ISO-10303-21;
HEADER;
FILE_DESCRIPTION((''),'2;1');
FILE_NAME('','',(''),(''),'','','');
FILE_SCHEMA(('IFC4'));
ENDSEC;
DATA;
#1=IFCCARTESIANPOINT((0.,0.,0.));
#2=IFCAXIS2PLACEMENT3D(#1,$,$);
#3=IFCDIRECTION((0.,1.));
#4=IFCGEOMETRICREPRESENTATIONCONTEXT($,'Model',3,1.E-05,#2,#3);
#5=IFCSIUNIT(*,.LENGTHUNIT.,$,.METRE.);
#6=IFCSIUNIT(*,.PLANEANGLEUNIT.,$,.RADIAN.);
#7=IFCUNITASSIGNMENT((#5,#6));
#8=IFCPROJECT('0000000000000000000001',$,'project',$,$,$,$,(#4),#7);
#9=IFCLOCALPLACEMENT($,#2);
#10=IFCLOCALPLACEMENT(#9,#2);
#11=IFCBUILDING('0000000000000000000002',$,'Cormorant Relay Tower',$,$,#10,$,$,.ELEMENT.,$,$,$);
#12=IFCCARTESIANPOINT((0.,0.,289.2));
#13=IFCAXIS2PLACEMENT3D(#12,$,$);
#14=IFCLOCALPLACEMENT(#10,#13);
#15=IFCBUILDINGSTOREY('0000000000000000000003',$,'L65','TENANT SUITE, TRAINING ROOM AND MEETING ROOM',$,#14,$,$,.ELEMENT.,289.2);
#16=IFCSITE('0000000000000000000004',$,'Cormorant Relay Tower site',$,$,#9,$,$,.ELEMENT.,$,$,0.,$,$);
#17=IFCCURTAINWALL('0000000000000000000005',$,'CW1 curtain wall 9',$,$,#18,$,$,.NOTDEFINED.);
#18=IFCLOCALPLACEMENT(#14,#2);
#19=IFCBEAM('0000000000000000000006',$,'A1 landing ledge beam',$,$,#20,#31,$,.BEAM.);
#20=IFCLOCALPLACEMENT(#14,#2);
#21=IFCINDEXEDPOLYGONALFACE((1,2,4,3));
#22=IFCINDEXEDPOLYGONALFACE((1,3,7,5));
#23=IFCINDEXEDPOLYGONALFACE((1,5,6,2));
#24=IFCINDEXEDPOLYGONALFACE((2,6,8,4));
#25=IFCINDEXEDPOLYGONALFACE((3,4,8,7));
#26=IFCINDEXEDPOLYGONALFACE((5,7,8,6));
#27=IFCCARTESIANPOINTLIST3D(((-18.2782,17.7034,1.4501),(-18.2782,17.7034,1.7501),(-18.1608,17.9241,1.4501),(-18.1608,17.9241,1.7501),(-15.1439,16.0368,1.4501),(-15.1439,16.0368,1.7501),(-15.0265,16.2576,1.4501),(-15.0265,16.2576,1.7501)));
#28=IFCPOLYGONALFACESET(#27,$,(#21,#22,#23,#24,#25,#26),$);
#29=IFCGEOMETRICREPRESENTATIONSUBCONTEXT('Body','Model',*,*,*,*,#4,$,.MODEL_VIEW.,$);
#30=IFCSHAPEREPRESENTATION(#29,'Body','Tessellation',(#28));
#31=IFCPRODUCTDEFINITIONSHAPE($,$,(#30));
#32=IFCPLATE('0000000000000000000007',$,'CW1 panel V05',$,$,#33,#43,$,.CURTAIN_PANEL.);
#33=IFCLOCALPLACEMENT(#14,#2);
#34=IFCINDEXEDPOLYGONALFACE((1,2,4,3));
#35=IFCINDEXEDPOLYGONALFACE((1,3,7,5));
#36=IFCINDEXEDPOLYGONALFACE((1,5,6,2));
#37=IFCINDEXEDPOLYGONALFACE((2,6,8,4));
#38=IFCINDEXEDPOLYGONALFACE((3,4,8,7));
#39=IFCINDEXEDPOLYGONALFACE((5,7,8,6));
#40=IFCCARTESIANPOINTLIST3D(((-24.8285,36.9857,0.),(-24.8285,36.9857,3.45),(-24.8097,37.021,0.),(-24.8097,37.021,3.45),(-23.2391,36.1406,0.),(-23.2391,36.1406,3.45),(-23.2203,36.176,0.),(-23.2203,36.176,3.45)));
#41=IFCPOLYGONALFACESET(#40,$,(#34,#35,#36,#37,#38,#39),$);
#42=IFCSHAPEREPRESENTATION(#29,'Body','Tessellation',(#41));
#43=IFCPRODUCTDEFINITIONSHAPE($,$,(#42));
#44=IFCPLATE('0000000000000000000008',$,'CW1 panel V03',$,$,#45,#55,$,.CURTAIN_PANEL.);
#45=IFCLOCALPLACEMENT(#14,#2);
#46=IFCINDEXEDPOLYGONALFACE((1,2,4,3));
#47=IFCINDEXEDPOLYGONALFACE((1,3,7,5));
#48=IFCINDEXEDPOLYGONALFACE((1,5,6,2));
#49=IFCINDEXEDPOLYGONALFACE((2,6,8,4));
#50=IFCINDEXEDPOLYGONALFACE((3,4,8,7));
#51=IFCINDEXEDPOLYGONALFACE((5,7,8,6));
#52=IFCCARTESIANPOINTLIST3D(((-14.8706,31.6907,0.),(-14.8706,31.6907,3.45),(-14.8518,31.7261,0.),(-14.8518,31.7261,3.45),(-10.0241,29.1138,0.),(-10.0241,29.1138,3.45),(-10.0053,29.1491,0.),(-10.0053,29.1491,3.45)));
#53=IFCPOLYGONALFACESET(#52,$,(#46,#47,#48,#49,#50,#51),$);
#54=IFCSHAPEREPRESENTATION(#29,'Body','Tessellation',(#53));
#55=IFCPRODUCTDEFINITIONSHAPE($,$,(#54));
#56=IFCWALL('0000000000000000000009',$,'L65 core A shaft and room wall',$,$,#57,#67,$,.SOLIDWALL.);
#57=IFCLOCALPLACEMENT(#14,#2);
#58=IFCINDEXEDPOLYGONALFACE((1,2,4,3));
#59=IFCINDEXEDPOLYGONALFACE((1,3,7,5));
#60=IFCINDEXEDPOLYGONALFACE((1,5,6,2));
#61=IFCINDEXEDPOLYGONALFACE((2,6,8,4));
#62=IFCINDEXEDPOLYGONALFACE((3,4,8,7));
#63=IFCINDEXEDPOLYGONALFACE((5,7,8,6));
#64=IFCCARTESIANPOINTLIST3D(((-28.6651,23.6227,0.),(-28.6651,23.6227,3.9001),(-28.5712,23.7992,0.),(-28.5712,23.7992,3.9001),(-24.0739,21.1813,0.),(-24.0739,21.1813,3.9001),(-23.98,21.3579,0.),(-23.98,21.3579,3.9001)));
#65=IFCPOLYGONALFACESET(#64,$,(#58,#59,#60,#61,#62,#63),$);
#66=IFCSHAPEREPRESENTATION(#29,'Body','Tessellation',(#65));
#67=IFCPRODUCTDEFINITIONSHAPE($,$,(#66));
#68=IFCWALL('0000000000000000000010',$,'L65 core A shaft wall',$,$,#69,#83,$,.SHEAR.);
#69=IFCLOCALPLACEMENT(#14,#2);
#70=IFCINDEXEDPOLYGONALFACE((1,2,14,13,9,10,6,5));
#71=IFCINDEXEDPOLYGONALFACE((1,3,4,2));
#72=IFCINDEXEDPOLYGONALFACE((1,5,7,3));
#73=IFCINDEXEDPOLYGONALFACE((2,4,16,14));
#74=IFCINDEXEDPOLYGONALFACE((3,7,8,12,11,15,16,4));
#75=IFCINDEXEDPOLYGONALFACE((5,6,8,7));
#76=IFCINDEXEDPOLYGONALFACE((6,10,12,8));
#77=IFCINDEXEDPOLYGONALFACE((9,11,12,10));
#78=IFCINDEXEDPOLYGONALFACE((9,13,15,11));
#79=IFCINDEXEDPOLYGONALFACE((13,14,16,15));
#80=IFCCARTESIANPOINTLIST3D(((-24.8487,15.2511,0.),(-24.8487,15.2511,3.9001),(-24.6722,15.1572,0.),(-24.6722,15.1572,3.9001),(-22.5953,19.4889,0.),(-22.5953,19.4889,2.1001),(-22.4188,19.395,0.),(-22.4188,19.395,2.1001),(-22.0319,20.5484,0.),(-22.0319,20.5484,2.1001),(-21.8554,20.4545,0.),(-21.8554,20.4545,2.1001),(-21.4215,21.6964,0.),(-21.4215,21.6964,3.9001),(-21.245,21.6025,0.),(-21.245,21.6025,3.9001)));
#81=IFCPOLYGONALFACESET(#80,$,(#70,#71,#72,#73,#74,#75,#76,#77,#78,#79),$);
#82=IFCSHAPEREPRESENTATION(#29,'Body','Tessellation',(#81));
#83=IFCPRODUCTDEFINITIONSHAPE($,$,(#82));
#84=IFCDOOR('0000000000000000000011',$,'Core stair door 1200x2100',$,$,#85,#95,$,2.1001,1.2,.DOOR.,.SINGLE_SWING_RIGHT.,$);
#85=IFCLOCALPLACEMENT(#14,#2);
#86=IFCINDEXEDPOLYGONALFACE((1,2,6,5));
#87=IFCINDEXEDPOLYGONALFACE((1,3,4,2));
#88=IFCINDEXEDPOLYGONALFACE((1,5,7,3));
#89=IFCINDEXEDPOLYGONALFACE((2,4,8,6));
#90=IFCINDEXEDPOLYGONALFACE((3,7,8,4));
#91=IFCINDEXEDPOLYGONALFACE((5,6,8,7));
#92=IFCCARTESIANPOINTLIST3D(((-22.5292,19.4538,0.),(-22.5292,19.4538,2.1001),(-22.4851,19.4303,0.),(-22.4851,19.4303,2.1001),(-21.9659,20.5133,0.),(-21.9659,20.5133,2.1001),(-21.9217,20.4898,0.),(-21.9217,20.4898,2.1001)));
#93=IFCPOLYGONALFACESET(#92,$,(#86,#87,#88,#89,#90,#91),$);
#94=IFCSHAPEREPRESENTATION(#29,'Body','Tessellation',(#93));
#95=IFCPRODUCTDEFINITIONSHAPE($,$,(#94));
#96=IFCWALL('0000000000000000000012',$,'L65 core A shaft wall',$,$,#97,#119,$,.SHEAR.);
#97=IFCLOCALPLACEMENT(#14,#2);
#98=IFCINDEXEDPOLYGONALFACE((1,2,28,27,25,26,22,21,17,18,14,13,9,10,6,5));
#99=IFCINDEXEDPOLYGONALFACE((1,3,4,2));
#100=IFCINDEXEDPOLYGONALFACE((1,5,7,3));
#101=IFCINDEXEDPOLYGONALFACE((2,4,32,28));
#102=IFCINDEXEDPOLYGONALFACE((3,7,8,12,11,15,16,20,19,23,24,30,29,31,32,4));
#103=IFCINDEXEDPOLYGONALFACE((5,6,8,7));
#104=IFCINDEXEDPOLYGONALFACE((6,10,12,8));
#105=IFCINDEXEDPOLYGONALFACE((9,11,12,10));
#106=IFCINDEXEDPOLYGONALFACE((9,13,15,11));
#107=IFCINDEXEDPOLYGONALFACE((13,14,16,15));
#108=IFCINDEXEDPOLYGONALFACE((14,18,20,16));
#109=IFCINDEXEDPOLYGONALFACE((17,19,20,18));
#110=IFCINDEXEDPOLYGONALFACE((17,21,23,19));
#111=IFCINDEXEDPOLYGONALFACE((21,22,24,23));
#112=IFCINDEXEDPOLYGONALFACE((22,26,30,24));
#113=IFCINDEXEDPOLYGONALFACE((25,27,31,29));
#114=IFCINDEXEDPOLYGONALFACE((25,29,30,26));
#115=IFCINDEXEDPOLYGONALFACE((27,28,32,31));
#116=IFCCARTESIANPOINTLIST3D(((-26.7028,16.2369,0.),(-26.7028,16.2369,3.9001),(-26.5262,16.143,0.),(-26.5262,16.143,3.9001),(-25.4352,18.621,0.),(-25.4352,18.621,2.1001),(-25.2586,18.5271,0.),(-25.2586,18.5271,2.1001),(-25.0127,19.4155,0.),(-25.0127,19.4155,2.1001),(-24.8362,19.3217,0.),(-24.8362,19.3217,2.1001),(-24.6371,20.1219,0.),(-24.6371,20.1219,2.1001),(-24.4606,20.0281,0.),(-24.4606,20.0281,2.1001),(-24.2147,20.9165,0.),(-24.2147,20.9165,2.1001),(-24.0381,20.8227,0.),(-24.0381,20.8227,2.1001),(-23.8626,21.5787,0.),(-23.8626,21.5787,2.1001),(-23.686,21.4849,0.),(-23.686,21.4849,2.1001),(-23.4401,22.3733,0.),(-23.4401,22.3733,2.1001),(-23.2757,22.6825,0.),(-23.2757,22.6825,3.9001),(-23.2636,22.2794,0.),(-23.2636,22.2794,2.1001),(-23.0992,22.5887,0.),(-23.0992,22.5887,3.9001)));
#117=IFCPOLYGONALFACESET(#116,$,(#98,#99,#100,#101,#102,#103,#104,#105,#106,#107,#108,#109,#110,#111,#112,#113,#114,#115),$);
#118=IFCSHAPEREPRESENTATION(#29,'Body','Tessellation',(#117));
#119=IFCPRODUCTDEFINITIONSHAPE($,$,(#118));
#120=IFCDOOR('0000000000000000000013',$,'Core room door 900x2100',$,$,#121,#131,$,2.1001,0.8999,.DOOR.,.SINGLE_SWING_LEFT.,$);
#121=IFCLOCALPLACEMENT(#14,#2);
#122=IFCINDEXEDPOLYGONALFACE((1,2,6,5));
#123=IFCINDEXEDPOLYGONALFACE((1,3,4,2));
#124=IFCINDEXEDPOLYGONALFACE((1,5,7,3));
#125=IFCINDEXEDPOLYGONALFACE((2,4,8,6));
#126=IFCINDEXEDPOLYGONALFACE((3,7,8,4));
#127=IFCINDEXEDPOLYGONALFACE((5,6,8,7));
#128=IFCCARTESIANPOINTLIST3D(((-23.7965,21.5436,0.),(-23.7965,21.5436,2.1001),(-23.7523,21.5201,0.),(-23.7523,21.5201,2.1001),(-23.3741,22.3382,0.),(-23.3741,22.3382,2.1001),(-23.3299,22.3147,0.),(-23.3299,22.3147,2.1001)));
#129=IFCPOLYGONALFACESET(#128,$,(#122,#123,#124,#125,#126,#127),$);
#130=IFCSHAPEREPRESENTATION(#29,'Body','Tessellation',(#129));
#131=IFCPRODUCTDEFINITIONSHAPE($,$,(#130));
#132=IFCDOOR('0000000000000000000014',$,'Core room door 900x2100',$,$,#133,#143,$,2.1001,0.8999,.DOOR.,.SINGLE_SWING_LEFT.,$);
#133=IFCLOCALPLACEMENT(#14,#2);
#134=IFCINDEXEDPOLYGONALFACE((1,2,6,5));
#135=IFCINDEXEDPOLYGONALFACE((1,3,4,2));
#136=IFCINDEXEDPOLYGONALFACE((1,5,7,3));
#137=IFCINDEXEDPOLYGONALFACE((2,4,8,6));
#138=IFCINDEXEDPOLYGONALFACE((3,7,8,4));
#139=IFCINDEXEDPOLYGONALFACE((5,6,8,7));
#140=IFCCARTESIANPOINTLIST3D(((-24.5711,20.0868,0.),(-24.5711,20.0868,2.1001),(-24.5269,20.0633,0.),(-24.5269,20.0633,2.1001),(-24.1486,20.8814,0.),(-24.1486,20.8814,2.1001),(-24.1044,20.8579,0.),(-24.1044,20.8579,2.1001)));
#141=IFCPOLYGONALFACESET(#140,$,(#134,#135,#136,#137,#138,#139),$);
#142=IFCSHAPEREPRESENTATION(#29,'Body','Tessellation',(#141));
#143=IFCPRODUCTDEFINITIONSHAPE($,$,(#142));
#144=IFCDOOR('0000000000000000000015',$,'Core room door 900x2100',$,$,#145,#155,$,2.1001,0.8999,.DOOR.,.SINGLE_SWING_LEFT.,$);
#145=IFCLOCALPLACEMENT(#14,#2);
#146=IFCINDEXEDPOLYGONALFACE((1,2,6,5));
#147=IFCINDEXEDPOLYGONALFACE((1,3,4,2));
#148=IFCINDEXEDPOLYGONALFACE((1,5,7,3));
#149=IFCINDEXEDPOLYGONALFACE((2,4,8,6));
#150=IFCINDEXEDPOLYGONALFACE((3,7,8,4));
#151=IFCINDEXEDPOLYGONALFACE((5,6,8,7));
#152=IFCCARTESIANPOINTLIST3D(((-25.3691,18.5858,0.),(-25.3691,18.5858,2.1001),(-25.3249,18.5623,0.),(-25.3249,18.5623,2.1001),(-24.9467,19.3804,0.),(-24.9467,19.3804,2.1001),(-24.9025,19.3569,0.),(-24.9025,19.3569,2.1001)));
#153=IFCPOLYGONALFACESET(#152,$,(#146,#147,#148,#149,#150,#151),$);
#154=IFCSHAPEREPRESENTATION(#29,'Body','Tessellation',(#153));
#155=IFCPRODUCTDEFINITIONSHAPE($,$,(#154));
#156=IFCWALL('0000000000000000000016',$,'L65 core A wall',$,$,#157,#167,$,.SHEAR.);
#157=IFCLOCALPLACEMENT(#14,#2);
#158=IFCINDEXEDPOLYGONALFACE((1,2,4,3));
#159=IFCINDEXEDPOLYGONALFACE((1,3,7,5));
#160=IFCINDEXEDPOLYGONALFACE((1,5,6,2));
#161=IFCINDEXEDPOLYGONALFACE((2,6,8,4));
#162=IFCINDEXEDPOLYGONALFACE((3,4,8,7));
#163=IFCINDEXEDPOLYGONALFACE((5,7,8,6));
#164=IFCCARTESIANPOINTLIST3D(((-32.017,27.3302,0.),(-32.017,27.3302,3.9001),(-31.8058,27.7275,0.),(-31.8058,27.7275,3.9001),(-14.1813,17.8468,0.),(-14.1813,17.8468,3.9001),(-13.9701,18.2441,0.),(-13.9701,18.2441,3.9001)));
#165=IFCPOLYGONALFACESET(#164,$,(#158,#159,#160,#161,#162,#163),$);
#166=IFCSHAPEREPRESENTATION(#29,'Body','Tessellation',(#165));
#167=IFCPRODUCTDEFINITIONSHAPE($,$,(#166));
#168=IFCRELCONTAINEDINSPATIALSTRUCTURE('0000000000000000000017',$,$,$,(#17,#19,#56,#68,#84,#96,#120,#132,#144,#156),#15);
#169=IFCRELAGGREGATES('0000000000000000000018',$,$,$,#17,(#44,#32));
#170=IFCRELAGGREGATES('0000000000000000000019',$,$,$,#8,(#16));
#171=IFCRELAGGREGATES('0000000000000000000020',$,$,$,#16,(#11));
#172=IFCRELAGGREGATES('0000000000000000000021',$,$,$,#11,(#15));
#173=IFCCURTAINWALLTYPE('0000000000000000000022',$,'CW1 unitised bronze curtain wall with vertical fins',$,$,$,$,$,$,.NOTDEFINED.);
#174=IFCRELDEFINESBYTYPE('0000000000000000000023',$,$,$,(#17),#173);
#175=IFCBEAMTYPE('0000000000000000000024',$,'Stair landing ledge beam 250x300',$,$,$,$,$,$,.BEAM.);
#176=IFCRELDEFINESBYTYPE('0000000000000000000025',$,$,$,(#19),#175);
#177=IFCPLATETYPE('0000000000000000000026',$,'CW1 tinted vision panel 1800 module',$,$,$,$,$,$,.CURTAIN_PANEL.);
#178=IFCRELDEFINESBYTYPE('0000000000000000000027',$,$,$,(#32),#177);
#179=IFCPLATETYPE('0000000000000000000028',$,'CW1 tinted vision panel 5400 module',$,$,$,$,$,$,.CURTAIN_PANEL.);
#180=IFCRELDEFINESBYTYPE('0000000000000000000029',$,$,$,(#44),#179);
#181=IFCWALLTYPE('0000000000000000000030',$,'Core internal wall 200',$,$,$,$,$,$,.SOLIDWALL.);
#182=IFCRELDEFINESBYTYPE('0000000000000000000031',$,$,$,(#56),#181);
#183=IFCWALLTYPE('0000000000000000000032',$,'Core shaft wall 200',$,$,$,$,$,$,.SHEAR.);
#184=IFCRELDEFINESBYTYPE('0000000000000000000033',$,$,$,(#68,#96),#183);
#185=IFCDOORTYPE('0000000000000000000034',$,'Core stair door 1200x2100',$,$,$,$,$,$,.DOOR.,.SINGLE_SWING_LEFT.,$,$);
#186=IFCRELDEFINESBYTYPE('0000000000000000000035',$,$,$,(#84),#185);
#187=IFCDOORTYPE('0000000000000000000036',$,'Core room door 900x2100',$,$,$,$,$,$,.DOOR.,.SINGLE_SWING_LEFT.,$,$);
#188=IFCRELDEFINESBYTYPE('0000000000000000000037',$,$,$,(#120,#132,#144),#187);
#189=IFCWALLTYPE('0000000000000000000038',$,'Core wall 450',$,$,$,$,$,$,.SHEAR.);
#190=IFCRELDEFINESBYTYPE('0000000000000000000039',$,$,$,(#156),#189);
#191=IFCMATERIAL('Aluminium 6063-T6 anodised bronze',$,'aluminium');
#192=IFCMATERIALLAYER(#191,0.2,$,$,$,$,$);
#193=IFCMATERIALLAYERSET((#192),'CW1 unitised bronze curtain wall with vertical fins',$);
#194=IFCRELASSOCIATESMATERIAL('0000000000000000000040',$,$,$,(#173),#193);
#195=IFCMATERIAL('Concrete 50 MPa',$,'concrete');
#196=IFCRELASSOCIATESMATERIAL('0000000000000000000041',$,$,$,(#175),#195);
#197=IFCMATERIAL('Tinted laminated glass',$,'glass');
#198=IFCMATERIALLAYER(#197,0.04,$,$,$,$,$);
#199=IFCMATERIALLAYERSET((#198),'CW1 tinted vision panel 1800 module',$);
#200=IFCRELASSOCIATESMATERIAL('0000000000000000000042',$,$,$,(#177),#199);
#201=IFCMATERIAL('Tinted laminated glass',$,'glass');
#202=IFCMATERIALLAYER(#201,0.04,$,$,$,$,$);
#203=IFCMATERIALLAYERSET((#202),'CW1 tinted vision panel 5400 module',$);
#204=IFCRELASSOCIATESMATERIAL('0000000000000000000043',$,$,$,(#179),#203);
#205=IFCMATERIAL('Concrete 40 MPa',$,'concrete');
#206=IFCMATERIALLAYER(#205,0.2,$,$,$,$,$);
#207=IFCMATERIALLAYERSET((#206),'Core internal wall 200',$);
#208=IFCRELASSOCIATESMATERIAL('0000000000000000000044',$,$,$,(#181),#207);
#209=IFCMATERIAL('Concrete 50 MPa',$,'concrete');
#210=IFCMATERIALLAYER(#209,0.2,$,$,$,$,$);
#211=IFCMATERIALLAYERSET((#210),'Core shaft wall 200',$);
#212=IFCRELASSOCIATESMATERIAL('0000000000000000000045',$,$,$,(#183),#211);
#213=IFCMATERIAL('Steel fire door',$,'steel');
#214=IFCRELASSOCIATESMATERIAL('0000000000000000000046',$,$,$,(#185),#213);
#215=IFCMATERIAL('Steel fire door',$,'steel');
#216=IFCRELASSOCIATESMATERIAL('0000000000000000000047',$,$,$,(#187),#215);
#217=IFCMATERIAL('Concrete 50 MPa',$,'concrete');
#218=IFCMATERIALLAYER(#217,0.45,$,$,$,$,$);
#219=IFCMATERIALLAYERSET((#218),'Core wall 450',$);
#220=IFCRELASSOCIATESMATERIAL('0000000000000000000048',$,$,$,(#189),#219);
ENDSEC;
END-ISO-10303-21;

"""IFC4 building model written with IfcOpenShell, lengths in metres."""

from ifc_helpers import new_model, si_unit, direction, frame, frame_2d, origin, origin_2d, place, context, subcontext, project, spatial, rectangle, extrude, material, layer, layer_set, material_profile, profile_set, type_object, element, fill, aggregate, save


model = new_model("IFC4")

# Units and contexts
model_context = context("Model", 3, precision=1e-05, world=origin(), true_north=direction((0.0, 1.0)))
body_context = subcontext(model_context, "Body", "Model", "MODEL_VIEW")
ifc_project = project(units=[si_unit("LENGTHUNIT", "METRE"), si_unit("PLANEANGLEUNIT", "RADIAN")], contexts=[model_context])

# Site, building, storey
site_placement = place(None, origin())
site = spatial("IfcSite", under=ifc_project, at=site_placement, Name="Cormorant Relay Tower site", CompositionType="ELEMENT", RefElevation=0.0)
building_placement = place(site_placement, origin())
building = spatial("IfcBuilding", under=site, at=building_placement, Name="Cormorant Relay Tower", CompositionType="ELEMENT")
storey_placement = place(building_placement, frame((0.0, 0.0, 289.2)))
storey = spatial("IfcBuildingStorey", under=building, at=storey_placement, Name="L65", Description="TENANT SUITE, TRAINING ROOM AND MEETING ROOM", CompositionType="ELEMENT", Elevation=289.2)

# Curtain wall
ifc_material_1 = material(Name="Aluminium 6063-T6 anodised bronze", Category="aluminium")
ifc_layer_1 = layer(ifc_material_1, 0.2)
ifc_layer_set_1 = layer_set([ifc_layer_1], Name="CW1 unitised bronze curtain wall with vertical fins")
curtain_wall_type = type_object("IfcCurtainWallType", Name="CW1 unitised bronze curtain wall with vertical fins", PredefinedType="NOTDEFINED", material=ifc_layer_set_1)
curtain_wall_placement = place(storey_placement, origin())
curtain_wall = element("IfcCurtainWall", 1, at=curtain_wall_placement, inside=storey, type_object=curtain_wall_type, Name="CW1 curtain wall 9", PredefinedType="NOTDEFINED")

# Beam
ifc_material_2 = material(Name="Concrete 50 MPa", Category="concrete")
ifc_material_profile_1 = material_profile(ifc_material_2, rectangle(XDim=0.25, YDim=0.3, at=origin_2d()), Name="RC 250x300")
ifc_profile_set_1 = profile_set([ifc_material_profile_1], Name="Concrete 50 MPa")
beam_type_1 = type_object("IfcBeamType", Name="Stair landing ledge beam 250x300", PredefinedType="BEAM", material=ifc_profile_set_1)
beam_1_placement = place(storey_placement, frame((-18.2195, 17.8137, 1.6001), z_axis=(0.88295, -0.469467, 0.0), x_axis=(0.469467, 0.88295, 0.0)))
element("IfcBeam", 2, at=beam_1_placement, inside=storey, type_object=beam_type_1, Name="A1 landing ledge beam", PredefinedType="BEAM", context=body_context, shape_type="SweptSolid", body=[
    extrude(rectangle(XDim=0.25, YDim=0.3, at=origin_2d()), origin(), (0.0, 0.0, 1.0), 3.5498),
])

# Plates
ifc_material_3 = material(Name="Tinted laminated glass", Category="glass")
ifc_layer_2 = layer(ifc_material_3, 0.04)
ifc_layer_set_2 = layer_set([ifc_layer_2], Name="CW1 tinted vision panel 1800 module")
plate_type_1 = type_object("IfcPlateType", Name="CW1 tinted vision panel 1800 module", PredefinedType="CURTAIN_PANEL", material=ifc_layer_set_2)
plate_1_placement = place(storey_placement, frame((-24.0244, 36.5808, 0.0), z_axis=(0.0, 0.0, 1.0), x_axis=(-0.882948, 0.469472, 0.0)))
plate_1 = element("IfcPlate", 3, at=plate_1_placement, type_object=plate_type_1, Name="CW1 panel V05", PredefinedType="CURTAIN_PANEL", context=body_context, shape_type="SweptSolid", body=[
    extrude(rectangle(XDim=1.8, YDim=0.04, at=origin_2d()), origin(), (0.0, 0.0, 1.0), 3.45),
])
ifc_material_4 = material(Name="Tinted laminated glass", Category="glass")
ifc_layer_3 = layer(ifc_material_4, 0.04)
ifc_layer_set_3 = layer_set([ifc_layer_3], Name="CW1 tinted vision panel 5400 module")
plate_type_2 = type_object("IfcPlateType", Name="CW1 tinted vision panel 5400 module", PredefinedType="CURTAIN_PANEL", material=ifc_layer_set_3)
plate_2_placement = place(storey_placement, frame((-12.438, 30.4199, 0.0), z_axis=(0.0, 0.0, 1.0), x_axis=(-0.882948, 0.469472, 0.0)))
plate_2 = element("IfcPlate", 4, at=plate_2_placement, type_object=plate_type_2, Name="CW1 panel V03", PredefinedType="CURTAIN_PANEL", context=body_context, shape_type="SweptSolid", body=[
    extrude(rectangle(XDim=5.489, YDim=0.04, at=origin_2d()), origin(), (0.0, 0.0, 1.0), 3.45),
])

# Wall
ifc_material_5 = material(Name="Concrete 40 MPa", Category="concrete")
ifc_layer_4 = layer(ifc_material_5, 0.2)
ifc_layer_set_4 = layer_set([ifc_layer_4], Name="Core internal wall 200")
wall_type_1 = type_object("IfcWallType", Name="Core internal wall 200", PredefinedType="SOLIDWALL", material=ifc_layer_set_4)
wall_1_placement = place(storey_placement, frame((-24.0269, 21.2695, 0.0), z_axis=(0.0, 0.0, 1.0), x_axis=(-0.882935, 0.469496, 0.0)))
element("IfcWall", 5, at=wall_1_placement, inside=storey, type_object=wall_type_1, Name="L65 core A shaft and room wall", PredefinedType="SOLIDWALL", context=body_context, shape_type="SweptSolid", body=[
    extrude(rectangle(XDim=5.2, YDim=0.2, at=frame_2d((2.6001, 0.0))), origin(), (0.0, 0.0, 1.0), 3.9001),
])

# Wall, opening, door
ifc_material_6 = material(Name="Concrete 50 MPa", Category="concrete")
ifc_layer_5 = layer(ifc_material_6, 0.2)
ifc_layer_set_5 = layer_set([ifc_layer_5], Name="Core shaft wall 200")
wall_type_2 = type_object("IfcWallType", Name="Core shaft wall 200", PredefinedType="SHEAR", material=ifc_layer_set_5)
wall_2_placement = place(storey_placement, frame((-21.3333, 21.6494, 0.0), z_axis=(0.0, 0.0, 1.0), x_axis=(-0.469494, -0.882936, 0.0)))
wall_2 = element("IfcWall", 6, at=wall_2_placement, inside=storey, type_object=wall_type_2, Name="L65 core A shaft wall", PredefinedType="SHEAR", context=body_context, shape_type="SweptSolid", body=[
    extrude(rectangle(XDim=7.2998, YDim=0.2, at=frame_2d((3.6499, 0.0))), origin(), (0.0, 0.0, 1.0), 3.9001),
])
opening_1_placement = place(wall_2_placement, frame((1.3, 0.0, 0.0)))
opening_1 = element("IfcOpeningElement", 7, at=opening_1_placement, cuts=wall_2, PredefinedType="OPENING", context=body_context, shape_type="SweptSolid", body=[
    extrude(rectangle(XDim=1.2, YDim=2.1001, at=frame_2d((0.6001, 1.05))), frame((0.0, 0.1099, 0.0), z_axis=(0.0, -1.0, 0.0), x_axis=(1.0, 0.0, 0.0)), (0.0, 0.0, 1.0), 0.22),
])
ifc_material_7 = material(Name="Steel fire door", Category="steel")
door_type_1 = type_object("IfcDoorType", Name="Core stair door 1200x2100", OperationType="SINGLE_SWING_LEFT", PredefinedType="DOOR", material=ifc_material_7)
door_1_placement = place(opening_1_placement, origin())
door_1 = element("IfcDoor", 8, at=door_1_placement, inside=storey, type_object=door_type_1, Name="Core stair door 1200x2100", OperationType="SINGLE_SWING_RIGHT", OverallHeight=2.1001, OverallWidth=1.2, PredefinedType="DOOR", context=body_context, shape_type="SweptSolid", body=[
    extrude(rectangle(XDim=1.2, YDim=2.1001, at=frame_2d((0.6001, 1.05))), frame((0.0, 0.0249, 0.0), z_axis=(0.0, -1.0, 0.0), x_axis=(1.0, 0.0, 0.0)), (0.0, 0.0, 1.0), 0.05),
])
fill(opening_1, door_1)

# Wall, openings, doors
wall_3_placement = place(storey_placement, frame((-23.1875, 22.6355, 0.0), z_axis=(0.0, 0.0, 1.0), x_axis=(-0.469454, -0.882957, 0.0)))
wall_3 = element("IfcWall", 9, at=wall_3_placement, inside=storey, type_object=wall_type_2, Name="L65 core A shaft wall", PredefinedType="SHEAR", context=body_context, shape_type="SweptSolid", body=[
    extrude(rectangle(XDim=7.3, YDim=0.2, at=frame_2d((3.6499, 0.0))), origin(), (0.0, 0.0, 1.0), 3.9001),
])
opening_2_placement = place(wall_3_placement, frame((0.3501, 0.0, 0.0)))
opening_2 = element("IfcOpeningElement", 10, at=opening_2_placement, cuts=wall_3, PredefinedType="OPENING", context=body_context, shape_type="SweptSolid", body=[
    extrude(rectangle(XDim=0.8999, YDim=2.1001, at=frame_2d((0.45, 1.05))), frame((0.0, 0.1099, 0.0), z_axis=(0.0, -1.0, 0.0), x_axis=(1.0, 0.0, 0.0)), (0.0, 0.0, 1.0), 0.22),
])
opening_3_placement = place(wall_3_placement, frame((2.0, 0.0, 0.0)))
opening_3 = element("IfcOpeningElement", 11, at=opening_3_placement, cuts=wall_3, PredefinedType="OPENING", context=body_context, shape_type="SweptSolid", body=[
    extrude(rectangle(XDim=0.8999, YDim=2.1001, at=frame_2d((0.45, 1.05))), frame((0.0, 0.1099, 0.0), z_axis=(0.0, -1.0, 0.0), x_axis=(1.0, 0.0, 0.0)), (0.0, 0.0, 1.0), 0.22),
])
opening_4_placement = place(wall_3_placement, frame((3.7, 0.0, 0.0)))
opening_4 = element("IfcOpeningElement", 12, at=opening_4_placement, cuts=wall_3, PredefinedType="OPENING", context=body_context, shape_type="SweptSolid", body=[
    extrude(rectangle(XDim=0.8999, YDim=2.1001, at=frame_2d((0.45, 1.05))), frame((0.0, 0.1099, 0.0), z_axis=(0.0, -1.0, 0.0), x_axis=(1.0, 0.0, 0.0)), (0.0, 0.0, 1.0), 0.22),
])
ifc_material_8 = material(Name="Steel fire door", Category="steel")
door_type_2 = type_object("IfcDoorType", Name="Core room door 900x2100", OperationType="SINGLE_SWING_LEFT", PredefinedType="DOOR", material=ifc_material_8)
door_2_placement = place(opening_2_placement, origin())
door_2 = element("IfcDoor", 13, at=door_2_placement, inside=storey, type_object=door_type_2, Name="Core room door 900x2100", OperationType="SINGLE_SWING_LEFT", OverallHeight=2.1001, OverallWidth=0.8999, PredefinedType="DOOR", context=body_context, shape_type="SweptSolid", body=[
    extrude(rectangle(XDim=0.8999, YDim=2.1001, at=frame_2d((0.45, 1.05))), frame((0.0, 0.0249, 0.0), z_axis=(0.0, -1.0, 0.0), x_axis=(1.0, 0.0, 0.0)), (0.0, 0.0, 1.0), 0.05),
])
fill(opening_2, door_2)
door_3_placement = place(opening_3_placement, origin())
door_3 = element("IfcDoor", 14, at=door_3_placement, inside=storey, type_object=door_type_2, Name="Core room door 900x2100", OperationType="SINGLE_SWING_LEFT", OverallHeight=2.1001, OverallWidth=0.8999, PredefinedType="DOOR", context=body_context, shape_type="SweptSolid", body=[
    extrude(rectangle(XDim=0.8999, YDim=2.1001, at=frame_2d((0.45, 1.05))), frame((0.0, 0.0249, 0.0), z_axis=(0.0, -1.0, 0.0), x_axis=(1.0, 0.0, 0.0)), (0.0, 0.0, 1.0), 0.05),
])
fill(opening_3, door_3)
door_4_placement = place(opening_4_placement, origin())
door_4 = element("IfcDoor", 15, at=door_4_placement, inside=storey, type_object=door_type_2, Name="Core room door 900x2100", OperationType="SINGLE_SWING_LEFT", OverallHeight=2.1001, OverallWidth=0.8999, PredefinedType="DOOR", context=body_context, shape_type="SweptSolid", body=[
    extrude(rectangle(XDim=0.8999, YDim=2.1001, at=frame_2d((0.45, 1.05))), frame((0.0, 0.0249, 0.0), z_axis=(0.0, -1.0, 0.0), x_axis=(1.0, 0.0, 0.0)), (0.0, 0.0, 1.0), 0.05),
])
fill(opening_4, door_4)

# Shared definitions
ifc_material_9 = material(Name="Concrete 50 MPa", Category="concrete")
ifc_layer_6 = layer(ifc_material_9, 0.45)
ifc_layer_set_6 = layer_set([ifc_layer_6], Name="Core wall 450")
wall_type_3 = type_object("IfcWallType", Name="Core wall 450", PredefinedType="SHEAR", material=ifc_layer_set_6)

# Wall
wall_4_placement = place(storey_placement, frame((-14.0757, 18.0454, 0.0), z_axis=(0.0, 0.0, 1.0), x_axis=(-0.882948, 0.469471, 0.0)))
element("IfcWall", 16, at=wall_4_placement, inside=storey, type_object=wall_type_3, Name="L65 core A wall", PredefinedType="SHEAR", context=body_context, shape_type="SweptSolid", body=[
    extrude(rectangle(XDim=20.2002, YDim=0.45, at=frame_2d((10.1001, 0.0))), origin(), (0.0, 0.0, 1.0), 3.9001),
])

aggregate(curtain_wall, [plate_2, plate_1])

save(model, "model.ifc")
